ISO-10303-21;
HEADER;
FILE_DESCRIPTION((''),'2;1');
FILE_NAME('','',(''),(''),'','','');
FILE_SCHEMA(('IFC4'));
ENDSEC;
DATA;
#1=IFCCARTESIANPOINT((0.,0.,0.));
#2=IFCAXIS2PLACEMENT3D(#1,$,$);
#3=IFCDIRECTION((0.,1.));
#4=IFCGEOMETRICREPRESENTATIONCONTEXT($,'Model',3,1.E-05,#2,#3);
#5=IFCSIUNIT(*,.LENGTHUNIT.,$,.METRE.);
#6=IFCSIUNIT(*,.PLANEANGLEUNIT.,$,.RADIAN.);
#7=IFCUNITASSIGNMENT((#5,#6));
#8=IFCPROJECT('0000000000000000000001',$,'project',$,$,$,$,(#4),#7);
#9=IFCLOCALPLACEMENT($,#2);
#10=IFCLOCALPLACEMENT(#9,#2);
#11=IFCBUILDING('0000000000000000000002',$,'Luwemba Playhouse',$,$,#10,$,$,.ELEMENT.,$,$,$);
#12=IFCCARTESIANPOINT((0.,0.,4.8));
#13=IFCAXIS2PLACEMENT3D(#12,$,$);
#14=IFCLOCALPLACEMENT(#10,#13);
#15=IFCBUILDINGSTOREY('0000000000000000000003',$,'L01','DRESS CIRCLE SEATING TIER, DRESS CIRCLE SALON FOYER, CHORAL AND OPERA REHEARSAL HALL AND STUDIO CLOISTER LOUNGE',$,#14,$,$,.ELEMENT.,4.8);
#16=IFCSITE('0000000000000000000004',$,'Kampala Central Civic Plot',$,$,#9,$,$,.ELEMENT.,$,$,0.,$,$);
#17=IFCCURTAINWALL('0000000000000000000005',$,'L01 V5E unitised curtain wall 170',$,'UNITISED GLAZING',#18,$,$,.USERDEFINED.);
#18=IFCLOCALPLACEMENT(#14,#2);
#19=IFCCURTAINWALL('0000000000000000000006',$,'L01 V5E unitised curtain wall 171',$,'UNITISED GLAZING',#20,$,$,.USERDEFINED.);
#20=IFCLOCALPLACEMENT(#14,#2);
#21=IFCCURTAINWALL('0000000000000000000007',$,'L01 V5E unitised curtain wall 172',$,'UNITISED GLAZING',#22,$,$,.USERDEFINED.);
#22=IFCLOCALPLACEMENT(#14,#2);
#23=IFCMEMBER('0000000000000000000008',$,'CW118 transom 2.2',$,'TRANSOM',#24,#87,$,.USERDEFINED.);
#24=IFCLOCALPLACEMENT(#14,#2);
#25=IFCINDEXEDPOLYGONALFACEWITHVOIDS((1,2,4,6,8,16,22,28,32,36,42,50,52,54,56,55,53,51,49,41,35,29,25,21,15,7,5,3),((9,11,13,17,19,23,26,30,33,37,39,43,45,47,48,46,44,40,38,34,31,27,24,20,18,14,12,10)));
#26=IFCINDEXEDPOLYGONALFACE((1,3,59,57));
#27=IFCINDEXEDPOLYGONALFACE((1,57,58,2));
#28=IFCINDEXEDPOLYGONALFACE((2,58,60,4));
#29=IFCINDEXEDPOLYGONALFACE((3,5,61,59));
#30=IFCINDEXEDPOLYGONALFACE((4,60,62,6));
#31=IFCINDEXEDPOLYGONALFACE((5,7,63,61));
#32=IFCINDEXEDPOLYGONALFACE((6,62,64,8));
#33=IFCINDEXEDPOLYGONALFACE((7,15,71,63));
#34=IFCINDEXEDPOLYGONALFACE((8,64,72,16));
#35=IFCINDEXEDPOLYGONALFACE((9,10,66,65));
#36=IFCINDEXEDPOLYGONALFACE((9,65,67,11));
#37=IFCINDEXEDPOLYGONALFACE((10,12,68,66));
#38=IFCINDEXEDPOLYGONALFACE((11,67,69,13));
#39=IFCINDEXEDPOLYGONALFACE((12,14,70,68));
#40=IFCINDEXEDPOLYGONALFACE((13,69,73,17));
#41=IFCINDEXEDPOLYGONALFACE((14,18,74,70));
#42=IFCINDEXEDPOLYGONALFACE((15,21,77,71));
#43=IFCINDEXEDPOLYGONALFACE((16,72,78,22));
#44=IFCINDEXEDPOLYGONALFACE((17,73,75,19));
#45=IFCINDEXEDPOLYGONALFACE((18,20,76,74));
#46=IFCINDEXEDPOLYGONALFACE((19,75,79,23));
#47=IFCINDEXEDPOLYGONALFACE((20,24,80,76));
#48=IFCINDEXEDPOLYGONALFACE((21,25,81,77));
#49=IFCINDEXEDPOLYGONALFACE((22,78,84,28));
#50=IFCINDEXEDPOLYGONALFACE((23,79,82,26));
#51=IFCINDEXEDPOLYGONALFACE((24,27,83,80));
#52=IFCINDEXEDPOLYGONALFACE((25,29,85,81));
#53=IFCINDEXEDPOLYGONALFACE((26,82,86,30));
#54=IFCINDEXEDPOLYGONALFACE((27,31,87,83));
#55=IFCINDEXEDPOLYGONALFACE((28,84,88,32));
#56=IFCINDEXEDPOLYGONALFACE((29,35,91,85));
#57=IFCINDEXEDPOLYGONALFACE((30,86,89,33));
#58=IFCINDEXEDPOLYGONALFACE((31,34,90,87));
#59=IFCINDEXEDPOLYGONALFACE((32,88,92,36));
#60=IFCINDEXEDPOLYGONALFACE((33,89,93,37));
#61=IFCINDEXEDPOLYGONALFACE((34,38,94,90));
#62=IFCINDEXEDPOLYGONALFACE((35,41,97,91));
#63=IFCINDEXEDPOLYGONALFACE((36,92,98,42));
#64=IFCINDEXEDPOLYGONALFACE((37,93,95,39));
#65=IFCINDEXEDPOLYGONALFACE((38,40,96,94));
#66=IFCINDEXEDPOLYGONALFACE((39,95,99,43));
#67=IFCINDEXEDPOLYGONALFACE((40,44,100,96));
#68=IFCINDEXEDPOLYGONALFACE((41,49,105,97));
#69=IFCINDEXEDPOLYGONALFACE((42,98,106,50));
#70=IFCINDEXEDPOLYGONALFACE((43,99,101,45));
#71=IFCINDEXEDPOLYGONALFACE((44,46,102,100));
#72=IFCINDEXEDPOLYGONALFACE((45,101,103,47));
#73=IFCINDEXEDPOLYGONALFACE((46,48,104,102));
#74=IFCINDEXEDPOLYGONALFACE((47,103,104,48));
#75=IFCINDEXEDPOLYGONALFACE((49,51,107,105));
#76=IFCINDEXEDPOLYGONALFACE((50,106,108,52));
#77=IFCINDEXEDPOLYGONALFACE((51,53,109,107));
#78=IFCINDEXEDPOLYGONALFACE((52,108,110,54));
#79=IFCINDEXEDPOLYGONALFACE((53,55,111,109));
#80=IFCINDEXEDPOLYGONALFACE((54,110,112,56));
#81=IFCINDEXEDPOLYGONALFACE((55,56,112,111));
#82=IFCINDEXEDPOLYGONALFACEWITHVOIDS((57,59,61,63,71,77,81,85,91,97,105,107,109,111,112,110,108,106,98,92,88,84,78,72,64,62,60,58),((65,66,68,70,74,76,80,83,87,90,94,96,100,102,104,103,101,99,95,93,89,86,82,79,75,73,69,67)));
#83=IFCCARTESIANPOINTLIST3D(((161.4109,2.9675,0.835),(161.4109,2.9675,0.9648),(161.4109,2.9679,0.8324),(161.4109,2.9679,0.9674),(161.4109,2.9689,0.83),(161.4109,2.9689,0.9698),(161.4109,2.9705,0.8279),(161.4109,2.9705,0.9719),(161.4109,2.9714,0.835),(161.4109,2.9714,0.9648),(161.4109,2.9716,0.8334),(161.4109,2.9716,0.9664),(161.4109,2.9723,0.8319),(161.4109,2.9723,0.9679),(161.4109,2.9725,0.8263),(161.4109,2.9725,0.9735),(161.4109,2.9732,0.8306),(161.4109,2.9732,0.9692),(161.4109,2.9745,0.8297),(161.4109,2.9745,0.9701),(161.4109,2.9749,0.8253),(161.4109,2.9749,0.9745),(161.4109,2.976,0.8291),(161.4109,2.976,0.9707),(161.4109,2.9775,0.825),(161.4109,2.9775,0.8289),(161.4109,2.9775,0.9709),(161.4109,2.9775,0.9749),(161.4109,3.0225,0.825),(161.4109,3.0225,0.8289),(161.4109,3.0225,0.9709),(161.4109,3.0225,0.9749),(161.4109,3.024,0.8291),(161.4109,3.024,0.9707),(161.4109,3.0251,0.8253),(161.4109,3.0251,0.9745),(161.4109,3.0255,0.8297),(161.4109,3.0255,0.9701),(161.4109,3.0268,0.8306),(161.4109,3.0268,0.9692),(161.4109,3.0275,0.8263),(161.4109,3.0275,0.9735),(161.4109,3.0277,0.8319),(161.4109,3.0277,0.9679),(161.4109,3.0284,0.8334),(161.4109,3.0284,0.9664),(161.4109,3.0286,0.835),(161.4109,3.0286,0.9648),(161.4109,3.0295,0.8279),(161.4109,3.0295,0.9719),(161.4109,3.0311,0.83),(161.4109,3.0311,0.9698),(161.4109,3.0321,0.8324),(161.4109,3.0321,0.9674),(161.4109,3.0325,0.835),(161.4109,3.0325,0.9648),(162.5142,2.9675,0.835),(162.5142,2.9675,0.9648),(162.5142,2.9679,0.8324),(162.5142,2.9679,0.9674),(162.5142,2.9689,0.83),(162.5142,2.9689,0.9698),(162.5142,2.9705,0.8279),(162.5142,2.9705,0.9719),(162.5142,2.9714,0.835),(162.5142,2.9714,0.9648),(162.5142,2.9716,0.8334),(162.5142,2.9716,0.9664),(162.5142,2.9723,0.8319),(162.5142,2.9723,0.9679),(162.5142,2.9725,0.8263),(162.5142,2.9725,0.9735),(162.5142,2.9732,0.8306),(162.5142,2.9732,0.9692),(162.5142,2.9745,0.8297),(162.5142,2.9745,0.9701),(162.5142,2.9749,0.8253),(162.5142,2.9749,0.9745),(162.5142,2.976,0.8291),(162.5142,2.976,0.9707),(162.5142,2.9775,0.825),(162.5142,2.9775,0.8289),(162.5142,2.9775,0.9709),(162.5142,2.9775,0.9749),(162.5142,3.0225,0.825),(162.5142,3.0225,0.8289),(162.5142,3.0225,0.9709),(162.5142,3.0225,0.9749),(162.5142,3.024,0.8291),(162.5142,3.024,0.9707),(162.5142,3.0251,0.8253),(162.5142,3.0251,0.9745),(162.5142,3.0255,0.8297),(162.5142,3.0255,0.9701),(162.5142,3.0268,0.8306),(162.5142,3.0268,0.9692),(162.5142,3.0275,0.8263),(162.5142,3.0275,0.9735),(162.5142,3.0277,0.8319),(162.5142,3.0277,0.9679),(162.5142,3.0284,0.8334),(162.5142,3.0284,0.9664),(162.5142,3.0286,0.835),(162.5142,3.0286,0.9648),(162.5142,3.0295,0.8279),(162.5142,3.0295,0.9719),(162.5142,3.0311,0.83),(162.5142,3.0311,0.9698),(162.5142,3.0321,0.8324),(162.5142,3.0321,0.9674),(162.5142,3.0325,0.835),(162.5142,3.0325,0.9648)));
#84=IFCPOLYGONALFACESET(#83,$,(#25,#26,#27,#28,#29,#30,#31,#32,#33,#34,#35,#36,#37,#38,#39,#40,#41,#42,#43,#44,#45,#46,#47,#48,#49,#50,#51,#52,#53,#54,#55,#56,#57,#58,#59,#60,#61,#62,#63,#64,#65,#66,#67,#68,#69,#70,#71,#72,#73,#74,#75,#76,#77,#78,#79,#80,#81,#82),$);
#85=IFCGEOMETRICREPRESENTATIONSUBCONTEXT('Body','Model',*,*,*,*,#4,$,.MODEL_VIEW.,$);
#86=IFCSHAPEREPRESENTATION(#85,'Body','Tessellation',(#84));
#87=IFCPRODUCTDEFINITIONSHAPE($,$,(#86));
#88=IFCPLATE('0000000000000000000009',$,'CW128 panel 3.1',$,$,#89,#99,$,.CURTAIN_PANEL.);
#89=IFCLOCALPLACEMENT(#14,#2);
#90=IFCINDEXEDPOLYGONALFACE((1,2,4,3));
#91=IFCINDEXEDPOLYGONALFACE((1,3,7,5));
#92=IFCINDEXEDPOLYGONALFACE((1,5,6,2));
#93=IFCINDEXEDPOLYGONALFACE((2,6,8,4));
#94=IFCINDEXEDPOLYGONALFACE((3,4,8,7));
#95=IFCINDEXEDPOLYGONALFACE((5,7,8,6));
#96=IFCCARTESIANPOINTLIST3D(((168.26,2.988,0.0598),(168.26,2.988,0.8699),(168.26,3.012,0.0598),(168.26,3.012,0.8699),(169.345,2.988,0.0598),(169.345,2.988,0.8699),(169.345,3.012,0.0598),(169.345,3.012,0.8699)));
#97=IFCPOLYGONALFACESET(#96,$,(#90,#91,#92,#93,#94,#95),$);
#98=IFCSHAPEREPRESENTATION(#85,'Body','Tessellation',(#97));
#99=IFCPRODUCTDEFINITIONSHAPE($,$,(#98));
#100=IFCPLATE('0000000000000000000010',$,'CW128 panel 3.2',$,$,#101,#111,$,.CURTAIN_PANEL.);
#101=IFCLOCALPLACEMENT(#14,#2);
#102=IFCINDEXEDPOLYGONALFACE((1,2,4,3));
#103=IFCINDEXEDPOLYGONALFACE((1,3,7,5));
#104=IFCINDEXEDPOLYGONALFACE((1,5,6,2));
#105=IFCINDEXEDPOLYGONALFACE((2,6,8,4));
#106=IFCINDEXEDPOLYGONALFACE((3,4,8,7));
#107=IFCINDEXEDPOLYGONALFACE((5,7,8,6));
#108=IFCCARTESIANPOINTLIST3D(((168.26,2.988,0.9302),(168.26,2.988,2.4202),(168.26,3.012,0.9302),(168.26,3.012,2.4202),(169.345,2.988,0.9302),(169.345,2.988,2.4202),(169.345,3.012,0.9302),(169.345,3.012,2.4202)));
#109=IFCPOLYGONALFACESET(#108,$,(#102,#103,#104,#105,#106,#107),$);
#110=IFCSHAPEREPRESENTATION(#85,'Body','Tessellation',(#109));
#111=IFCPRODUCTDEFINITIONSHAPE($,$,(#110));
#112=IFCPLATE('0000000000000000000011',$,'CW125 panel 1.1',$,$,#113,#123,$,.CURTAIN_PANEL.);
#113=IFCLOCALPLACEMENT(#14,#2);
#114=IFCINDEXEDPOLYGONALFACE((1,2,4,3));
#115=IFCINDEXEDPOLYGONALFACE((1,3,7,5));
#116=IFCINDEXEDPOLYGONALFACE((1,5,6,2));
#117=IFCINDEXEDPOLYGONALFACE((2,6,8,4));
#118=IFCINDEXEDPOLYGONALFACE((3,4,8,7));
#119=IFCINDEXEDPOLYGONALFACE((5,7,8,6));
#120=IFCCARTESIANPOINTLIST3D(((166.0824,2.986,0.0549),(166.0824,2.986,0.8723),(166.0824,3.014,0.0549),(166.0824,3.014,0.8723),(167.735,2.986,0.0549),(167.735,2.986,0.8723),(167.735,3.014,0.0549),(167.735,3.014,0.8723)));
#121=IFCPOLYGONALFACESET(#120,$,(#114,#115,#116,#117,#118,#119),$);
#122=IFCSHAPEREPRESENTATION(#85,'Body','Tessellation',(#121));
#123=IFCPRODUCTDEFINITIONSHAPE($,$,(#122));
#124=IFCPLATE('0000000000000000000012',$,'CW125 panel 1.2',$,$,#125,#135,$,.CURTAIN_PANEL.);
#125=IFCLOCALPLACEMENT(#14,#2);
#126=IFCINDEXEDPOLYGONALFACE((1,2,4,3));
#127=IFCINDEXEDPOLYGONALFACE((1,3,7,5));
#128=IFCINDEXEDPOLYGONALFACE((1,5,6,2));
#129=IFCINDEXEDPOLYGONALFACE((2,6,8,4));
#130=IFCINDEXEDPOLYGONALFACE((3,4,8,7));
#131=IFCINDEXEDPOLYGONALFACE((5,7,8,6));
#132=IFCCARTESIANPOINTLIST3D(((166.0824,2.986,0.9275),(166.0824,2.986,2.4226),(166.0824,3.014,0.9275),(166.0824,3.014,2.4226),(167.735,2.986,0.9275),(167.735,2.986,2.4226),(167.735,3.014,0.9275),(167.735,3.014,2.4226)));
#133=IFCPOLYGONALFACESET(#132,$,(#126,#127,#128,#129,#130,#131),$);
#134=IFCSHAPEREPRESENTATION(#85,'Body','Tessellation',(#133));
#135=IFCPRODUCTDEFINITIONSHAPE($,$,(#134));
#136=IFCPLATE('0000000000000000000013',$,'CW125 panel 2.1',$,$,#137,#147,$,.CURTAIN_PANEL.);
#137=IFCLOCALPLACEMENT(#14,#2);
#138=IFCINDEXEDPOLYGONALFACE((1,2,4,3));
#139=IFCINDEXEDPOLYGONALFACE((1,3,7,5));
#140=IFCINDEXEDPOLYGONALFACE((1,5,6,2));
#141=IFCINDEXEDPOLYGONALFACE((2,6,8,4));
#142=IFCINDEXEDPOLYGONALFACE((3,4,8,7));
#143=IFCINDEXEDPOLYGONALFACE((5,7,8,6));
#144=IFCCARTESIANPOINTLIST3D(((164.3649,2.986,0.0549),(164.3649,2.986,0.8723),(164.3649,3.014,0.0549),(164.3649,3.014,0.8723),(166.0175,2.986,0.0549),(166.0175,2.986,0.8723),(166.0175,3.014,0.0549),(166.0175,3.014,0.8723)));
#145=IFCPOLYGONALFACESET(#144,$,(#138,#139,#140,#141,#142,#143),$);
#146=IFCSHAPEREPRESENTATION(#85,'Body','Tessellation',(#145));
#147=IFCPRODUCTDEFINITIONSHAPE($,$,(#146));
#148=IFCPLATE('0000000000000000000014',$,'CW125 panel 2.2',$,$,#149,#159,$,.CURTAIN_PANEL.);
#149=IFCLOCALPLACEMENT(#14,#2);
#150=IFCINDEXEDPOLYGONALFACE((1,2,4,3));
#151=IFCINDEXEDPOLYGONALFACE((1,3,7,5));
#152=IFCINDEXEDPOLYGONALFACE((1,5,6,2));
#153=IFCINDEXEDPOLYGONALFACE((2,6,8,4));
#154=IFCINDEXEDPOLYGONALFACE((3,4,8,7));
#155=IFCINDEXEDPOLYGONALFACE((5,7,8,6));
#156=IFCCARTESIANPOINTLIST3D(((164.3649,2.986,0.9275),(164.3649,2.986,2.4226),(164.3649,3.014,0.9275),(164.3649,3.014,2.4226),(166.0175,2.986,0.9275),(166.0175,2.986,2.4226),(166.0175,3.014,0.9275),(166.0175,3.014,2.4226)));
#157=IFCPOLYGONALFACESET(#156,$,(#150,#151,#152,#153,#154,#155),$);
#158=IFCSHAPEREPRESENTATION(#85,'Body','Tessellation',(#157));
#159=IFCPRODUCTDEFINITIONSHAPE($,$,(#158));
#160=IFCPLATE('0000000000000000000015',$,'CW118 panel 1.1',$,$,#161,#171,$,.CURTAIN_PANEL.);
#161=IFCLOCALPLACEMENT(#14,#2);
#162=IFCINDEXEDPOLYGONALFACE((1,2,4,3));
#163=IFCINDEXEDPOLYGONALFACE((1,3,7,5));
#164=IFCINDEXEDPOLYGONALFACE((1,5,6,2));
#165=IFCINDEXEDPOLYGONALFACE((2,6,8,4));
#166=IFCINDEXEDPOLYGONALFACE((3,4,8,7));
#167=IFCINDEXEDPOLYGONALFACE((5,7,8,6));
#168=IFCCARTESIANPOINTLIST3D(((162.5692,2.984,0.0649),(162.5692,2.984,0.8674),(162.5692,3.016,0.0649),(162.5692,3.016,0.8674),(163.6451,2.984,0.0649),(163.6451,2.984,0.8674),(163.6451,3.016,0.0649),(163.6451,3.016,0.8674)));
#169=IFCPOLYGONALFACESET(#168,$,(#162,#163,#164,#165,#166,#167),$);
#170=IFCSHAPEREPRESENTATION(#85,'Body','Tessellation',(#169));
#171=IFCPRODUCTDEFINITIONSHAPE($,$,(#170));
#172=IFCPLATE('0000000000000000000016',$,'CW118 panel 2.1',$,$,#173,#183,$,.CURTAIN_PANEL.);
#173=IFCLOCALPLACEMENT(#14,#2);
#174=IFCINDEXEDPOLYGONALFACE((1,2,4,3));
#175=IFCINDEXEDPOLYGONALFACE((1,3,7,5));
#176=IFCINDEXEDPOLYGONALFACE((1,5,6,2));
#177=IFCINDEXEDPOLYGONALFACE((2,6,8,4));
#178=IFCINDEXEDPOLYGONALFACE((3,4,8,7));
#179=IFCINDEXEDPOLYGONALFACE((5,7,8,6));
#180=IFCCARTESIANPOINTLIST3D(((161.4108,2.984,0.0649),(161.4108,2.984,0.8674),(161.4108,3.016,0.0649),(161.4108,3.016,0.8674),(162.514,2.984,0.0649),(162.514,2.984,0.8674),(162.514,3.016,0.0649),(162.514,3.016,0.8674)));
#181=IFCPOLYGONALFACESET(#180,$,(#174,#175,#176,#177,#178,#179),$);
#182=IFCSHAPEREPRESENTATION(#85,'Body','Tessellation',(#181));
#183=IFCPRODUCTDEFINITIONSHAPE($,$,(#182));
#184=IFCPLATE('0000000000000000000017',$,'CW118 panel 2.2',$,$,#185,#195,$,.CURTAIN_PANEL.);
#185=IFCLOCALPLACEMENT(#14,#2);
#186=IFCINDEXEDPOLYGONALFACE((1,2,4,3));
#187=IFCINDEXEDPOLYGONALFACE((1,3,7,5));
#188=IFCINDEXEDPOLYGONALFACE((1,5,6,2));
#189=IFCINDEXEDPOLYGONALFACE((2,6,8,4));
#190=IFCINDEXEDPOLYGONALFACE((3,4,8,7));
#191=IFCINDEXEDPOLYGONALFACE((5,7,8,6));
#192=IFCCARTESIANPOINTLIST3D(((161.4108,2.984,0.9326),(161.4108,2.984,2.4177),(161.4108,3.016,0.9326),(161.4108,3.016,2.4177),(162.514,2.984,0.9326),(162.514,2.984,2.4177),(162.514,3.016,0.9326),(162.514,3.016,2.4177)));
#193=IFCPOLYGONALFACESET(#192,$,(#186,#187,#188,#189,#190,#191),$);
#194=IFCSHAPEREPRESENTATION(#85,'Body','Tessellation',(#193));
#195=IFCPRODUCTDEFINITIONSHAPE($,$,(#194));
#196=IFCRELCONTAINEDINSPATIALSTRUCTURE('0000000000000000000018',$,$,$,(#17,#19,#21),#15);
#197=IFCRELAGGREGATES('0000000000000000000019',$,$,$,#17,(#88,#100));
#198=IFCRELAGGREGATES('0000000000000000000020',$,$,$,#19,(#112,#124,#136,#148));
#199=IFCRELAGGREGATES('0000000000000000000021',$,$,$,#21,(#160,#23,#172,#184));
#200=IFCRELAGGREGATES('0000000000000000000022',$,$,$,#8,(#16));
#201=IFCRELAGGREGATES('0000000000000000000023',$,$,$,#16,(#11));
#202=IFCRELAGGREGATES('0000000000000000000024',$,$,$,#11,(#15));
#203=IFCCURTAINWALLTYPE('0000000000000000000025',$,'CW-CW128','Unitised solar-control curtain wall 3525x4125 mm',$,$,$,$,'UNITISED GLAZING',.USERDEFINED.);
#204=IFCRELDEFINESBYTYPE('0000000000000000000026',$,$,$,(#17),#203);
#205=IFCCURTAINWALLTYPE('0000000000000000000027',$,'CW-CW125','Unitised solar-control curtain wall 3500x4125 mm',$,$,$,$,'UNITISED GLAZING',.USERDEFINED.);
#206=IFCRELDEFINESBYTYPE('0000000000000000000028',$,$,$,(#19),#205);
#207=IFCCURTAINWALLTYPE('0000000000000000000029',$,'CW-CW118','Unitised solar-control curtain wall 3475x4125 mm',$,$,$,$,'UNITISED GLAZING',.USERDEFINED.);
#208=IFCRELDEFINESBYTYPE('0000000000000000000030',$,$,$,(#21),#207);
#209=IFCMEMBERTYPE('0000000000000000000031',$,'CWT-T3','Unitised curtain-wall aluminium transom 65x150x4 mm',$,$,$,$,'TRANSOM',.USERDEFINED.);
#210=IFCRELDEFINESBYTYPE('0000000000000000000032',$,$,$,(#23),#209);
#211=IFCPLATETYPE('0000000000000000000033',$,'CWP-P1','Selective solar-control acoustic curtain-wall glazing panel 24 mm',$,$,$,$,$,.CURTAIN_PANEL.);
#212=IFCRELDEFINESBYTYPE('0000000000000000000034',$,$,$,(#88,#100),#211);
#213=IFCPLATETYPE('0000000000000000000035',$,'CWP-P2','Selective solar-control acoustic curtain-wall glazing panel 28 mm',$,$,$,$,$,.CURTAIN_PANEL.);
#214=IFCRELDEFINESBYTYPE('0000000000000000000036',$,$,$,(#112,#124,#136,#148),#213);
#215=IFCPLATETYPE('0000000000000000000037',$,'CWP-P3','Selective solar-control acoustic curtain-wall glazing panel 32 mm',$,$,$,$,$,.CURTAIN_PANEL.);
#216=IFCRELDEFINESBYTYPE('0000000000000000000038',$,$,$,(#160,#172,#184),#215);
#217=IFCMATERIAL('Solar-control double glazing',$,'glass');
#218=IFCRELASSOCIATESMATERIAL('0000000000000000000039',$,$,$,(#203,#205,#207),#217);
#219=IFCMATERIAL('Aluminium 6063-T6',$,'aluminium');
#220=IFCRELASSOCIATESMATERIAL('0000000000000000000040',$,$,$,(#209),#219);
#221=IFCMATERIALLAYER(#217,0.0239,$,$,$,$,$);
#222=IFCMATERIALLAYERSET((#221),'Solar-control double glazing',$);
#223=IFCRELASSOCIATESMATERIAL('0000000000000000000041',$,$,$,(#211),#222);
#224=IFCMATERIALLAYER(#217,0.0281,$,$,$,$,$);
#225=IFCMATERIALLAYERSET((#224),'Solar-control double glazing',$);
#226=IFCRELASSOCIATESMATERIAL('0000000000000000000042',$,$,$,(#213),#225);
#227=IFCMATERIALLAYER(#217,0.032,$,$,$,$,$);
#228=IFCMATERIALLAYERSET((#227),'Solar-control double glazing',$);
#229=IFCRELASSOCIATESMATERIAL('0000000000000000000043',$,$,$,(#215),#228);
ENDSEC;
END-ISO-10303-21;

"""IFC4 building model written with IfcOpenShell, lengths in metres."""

from ifc_helpers import new_model, si_unit, direction, frame, origin, origin_2d, place, context, subcontext, project, spatial, rectangle, hollow_rectangle, extrude, material, layer, layer_set, material_profile, profile_set, type_object, element, aggregate, save


model = new_model("IFC4")

# Units and contexts
model_context = context("Model", 3, precision=1e-05, world=origin(), true_north=direction((0.0, 1.0)))
body_context = subcontext(model_context, "Body", "Model", "MODEL_VIEW")
ifc_project = project(units=[si_unit("LENGTHUNIT", "METRE"), si_unit("PLANEANGLEUNIT", "RADIAN")], contexts=[model_context])

# Site, building, storey
site_placement = place(None, origin())
site = spatial("IfcSite", under=ifc_project, at=site_placement, Name="Kampala Central Civic Plot", CompositionType="ELEMENT", RefElevation=0.0)
building_placement = place(site_placement, origin())
building = spatial("IfcBuilding", under=site, at=building_placement, Name="Luwemba Playhouse", CompositionType="ELEMENT")
storey_placement = place(building_placement, frame((0.0, 0.0, 4.8)))
storey = spatial("IfcBuildingStorey", under=building, at=storey_placement, Name="L01", Description="DRESS CIRCLE SEATING TIER, DRESS CIRCLE SALON FOYER, CHORAL AND OPERA REHEARSAL HALL AND STUDIO CLOISTER LOUNGE", CompositionType="ELEMENT", Elevation=4.8)

# Curtain wall
ifc_material_1 = material(Name="Solar-control double glazing", Category="glass")
curtain_wall_type_1 = type_object("IfcCurtainWallType", Name="CW-CW128", Description="Unitised solar-control curtain wall 3525x4125 mm", ElementType="UNITISED GLAZING", PredefinedType="USERDEFINED", material=ifc_material_1)
curtain_wall_1_placement = place(storey_placement, origin())
curtain_wall_1 = element("IfcCurtainWall", 1, at=curtain_wall_1_placement, inside=storey, type_object=curtain_wall_type_1, Name="L01 V5E unitised curtain wall 170", ObjectType="UNITISED GLAZING", PredefinedType="USERDEFINED")
ifc_material_2 = material(Name="Aluminium 6063-T6", Category="aluminium")

# Curtain walls
curtain_wall_type_2 = type_object("IfcCurtainWallType", Name="CW-CW125", Description="Unitised solar-control curtain wall 3500x4125 mm", ElementType="UNITISED GLAZING", PredefinedType="USERDEFINED", material=ifc_material_1)
curtain_wall_2_placement = place(storey_placement, origin())
curtain_wall_2 = element("IfcCurtainWall", 2, at=curtain_wall_2_placement, inside=storey, type_object=curtain_wall_type_2, Name="L01 V5E unitised curtain wall 171", ObjectType="UNITISED GLAZING", PredefinedType="USERDEFINED")
curtain_wall_type_3 = type_object("IfcCurtainWallType", Name="CW-CW118", Description="Unitised solar-control curtain wall 3475x4125 mm", ElementType="UNITISED GLAZING", PredefinedType="USERDEFINED", material=ifc_material_1)
curtain_wall_3_placement = place(storey_placement, origin())
curtain_wall_3 = element("IfcCurtainWall", 3, at=curtain_wall_3_placement, inside=storey, type_object=curtain_wall_type_3, Name="L01 V5E unitised curtain wall 172", ObjectType="UNITISED GLAZING", PredefinedType="USERDEFINED")

# Member
ifc_material_profile_1 = material_profile(ifc_material_2, hollow_rectangle(XDim=0.0649, YDim=0.1499, WallThickness=0.0039, InnerFilletRadius=0.0061, OuterFilletRadius=0.01, at=origin_2d()))
ifc_profile_set_1 = profile_set([ifc_material_profile_1], Name="Aluminium 6063-T6")
member_type_1 = type_object("IfcMemberType", Name="CWT-T3", Description="Unitised curtain-wall aluminium transom 65x150x4 mm", ElementType="TRANSOM", PredefinedType="USERDEFINED", material=ifc_profile_set_1)
member_1_placement = place(storey_placement, frame((162.5142, 3.0, 0.8999), z_axis=(-1.0, 0.0, 0.0), x_axis=(0.0, -1.0, 0.0)))
member_1 = element("IfcMember", 4, at=member_1_placement, type_object=member_type_1, Name="CW118 transom 2.2", ObjectType="TRANSOM", PredefinedType="USERDEFINED", context=body_context, shape_type="SweptSolid", body=[
    extrude(hollow_rectangle(XDim=0.0649, YDim=0.1499, WallThickness=0.0039, InnerFilletRadius=0.0061, OuterFilletRadius=0.01, at=origin_2d()), origin(), (0.0, 0.0, 1.0), 1.1033),
])

# Plates
ifc_layer_1 = layer(ifc_material_1, 0.0239)
ifc_layer_set_1 = layer_set([ifc_layer_1], Name="Solar-control double glazing")
plate_type_1 = type_object("IfcPlateType", Name="CWP-P1", Description="Selective solar-control acoustic curtain-wall glazing panel 24 mm", PredefinedType="CURTAIN_PANEL", material=ifc_layer_set_1)
plate_1_placement = place(storey_placement, frame((168.8025, 3.0, 0.0598), z_axis=(0.0, 0.0, 1.0), x_axis=(-1.0, 0.0, 0.0)))
plate_1 = element("IfcPlate", 5, at=plate_1_placement, type_object=plate_type_1, Name="CW128 panel 3.1", PredefinedType="CURTAIN_PANEL", context=body_context, shape_type="SweptSolid", body=[
    extrude(rectangle(XDim=1.085, YDim=0.0239, at=origin_2d()), origin(), (0.0, 0.0, 1.0), 0.8101),
])
plate_2_placement = place(storey_placement, frame((168.8025, 3.0, 0.9302), z_axis=(0.0, 0.0, 1.0), x_axis=(-1.0, 0.0, 0.0)))
plate_2 = element("IfcPlate", 6, at=plate_2_placement, type_object=plate_type_1, Name="CW128 panel 3.2", PredefinedType="CURTAIN_PANEL", context=body_context, shape_type="SweptSolid", body=[
    extrude(rectangle(XDim=1.085, YDim=0.0239, at=origin_2d()), origin(), (0.0, 0.0, 1.0), 1.49),
])
aggregate(curtain_wall_1, [plate_1, plate_2])
ifc_layer_2 = layer(ifc_material_1, 0.0281)
ifc_layer_set_2 = layer_set([ifc_layer_2], Name="Solar-control double glazing")
plate_type_2 = type_object("IfcPlateType", Name="CWP-P2", Description="Selective solar-control acoustic curtain-wall glazing panel 28 mm", PredefinedType="CURTAIN_PANEL", material=ifc_layer_set_2)
plate_3_placement = place(storey_placement, frame((166.9087, 3.0, 0.0549), z_axis=(0.0, 0.0, 1.0), x_axis=(-1.0, 0.0, 0.0)))
plate_3 = element("IfcPlate", 7, at=plate_3_placement, type_object=plate_type_2, Name="CW125 panel 1.1", PredefinedType="CURTAIN_PANEL", context=body_context, shape_type="SweptSolid", body=[
    extrude(rectangle(XDim=1.6526, YDim=0.0281, at=origin_2d()), origin(), (0.0, 0.0, 1.0), 0.8174),
])
plate_4_placement = place(storey_placement, frame((166.9087, 3.0, 0.9275), z_axis=(0.0, 0.0, 1.0), x_axis=(-1.0, 0.0, 0.0)))
plate_4 = element("IfcPlate", 8, at=plate_4_placement, type_object=plate_type_2, Name="CW125 panel 1.2", PredefinedType="CURTAIN_PANEL", context=body_context, shape_type="SweptSolid", body=[
    extrude(rectangle(XDim=1.6526, YDim=0.0281, at=origin_2d()), origin(), (0.0, 0.0, 1.0), 1.4951),
])
plate_5_placement = place(storey_placement, frame((165.1912, 3.0, 0.0549), z_axis=(0.0, 0.0, 1.0), x_axis=(-1.0, 0.0, 0.0)))
plate_5 = element("IfcPlate", 9, at=plate_5_placement, type_object=plate_type_2, Name="CW125 panel 2.1", PredefinedType="CURTAIN_PANEL", context=body_context, shape_type="SweptSolid", body=[
    extrude(rectangle(XDim=1.6526, YDim=0.0281, at=origin_2d()), origin(), (0.0, 0.0, 1.0), 0.8174),
])
plate_6_placement = place(storey_placement, frame((165.1912, 3.0, 0.9275), z_axis=(0.0, 0.0, 1.0), x_axis=(-1.0, 0.0, 0.0)))
plate_6 = element("IfcPlate", 10, at=plate_6_placement, type_object=plate_type_2, Name="CW125 panel 2.2", PredefinedType="CURTAIN_PANEL", context=body_context, shape_type="SweptSolid", body=[
    extrude(rectangle(XDim=1.6526, YDim=0.0281, at=origin_2d()), origin(), (0.0, 0.0, 1.0), 1.4951),
])
aggregate(curtain_wall_2, [plate_3, plate_4, plate_5, plate_6])
ifc_layer_3 = layer(ifc_material_1, 0.032)
ifc_layer_set_3 = layer_set([ifc_layer_3], Name="Solar-control double glazing")
plate_type_3 = type_object("IfcPlateType", Name="CWP-P3", Description="Selective solar-control acoustic curtain-wall glazing panel 32 mm", PredefinedType="CURTAIN_PANEL", material=ifc_layer_set_3)
plate_7_placement = place(storey_placement, frame((163.1072, 3.0, 0.0649), z_axis=(0.0, 0.0, 1.0), x_axis=(-1.0, 0.0, 0.0)))
plate_7 = element("IfcPlate", 11, at=plate_7_placement, type_object=plate_type_3, Name="CW118 panel 1.1", PredefinedType="CURTAIN_PANEL", context=body_context, shape_type="SweptSolid", body=[
    extrude(rectangle(XDim=1.0759, YDim=0.032, at=origin_2d()), origin(), (0.0, 0.0, 1.0), 0.8025),
])
plate_8_placement = place(storey_placement, frame((161.9624, 3.0, 0.0649), z_axis=(0.0, 0.0, 1.0), x_axis=(-1.0, 0.0, 0.0)))
plate_8 = element("IfcPlate", 12, at=plate_8_placement, type_object=plate_type_3, Name="CW118 panel 2.1", PredefinedType="CURTAIN_PANEL", context=body_context, shape_type="SweptSolid", body=[
    extrude(rectangle(XDim=1.1033, YDim=0.032, at=origin_2d()), origin(), (0.0, 0.0, 1.0), 0.8025),
])
plate_9_placement = place(storey_placement, frame((161.9624, 3.0, 0.9326), z_axis=(0.0, 0.0, 1.0), x_axis=(-1.0, 0.0, 0.0)))
plate_9 = element("IfcPlate", 13, at=plate_9_placement, type_object=plate_type_3, Name="CW118 panel 2.2", PredefinedType="CURTAIN_PANEL", context=body_context, shape_type="SweptSolid", body=[
    extrude(rectangle(XDim=1.1033, YDim=0.032, at=origin_2d()), origin(), (0.0, 0.0, 1.0), 1.4851),
])
aggregate(curtain_wall_3, [plate_7, member_1, plate_8, plate_9])

save(model, "model.ifc")
